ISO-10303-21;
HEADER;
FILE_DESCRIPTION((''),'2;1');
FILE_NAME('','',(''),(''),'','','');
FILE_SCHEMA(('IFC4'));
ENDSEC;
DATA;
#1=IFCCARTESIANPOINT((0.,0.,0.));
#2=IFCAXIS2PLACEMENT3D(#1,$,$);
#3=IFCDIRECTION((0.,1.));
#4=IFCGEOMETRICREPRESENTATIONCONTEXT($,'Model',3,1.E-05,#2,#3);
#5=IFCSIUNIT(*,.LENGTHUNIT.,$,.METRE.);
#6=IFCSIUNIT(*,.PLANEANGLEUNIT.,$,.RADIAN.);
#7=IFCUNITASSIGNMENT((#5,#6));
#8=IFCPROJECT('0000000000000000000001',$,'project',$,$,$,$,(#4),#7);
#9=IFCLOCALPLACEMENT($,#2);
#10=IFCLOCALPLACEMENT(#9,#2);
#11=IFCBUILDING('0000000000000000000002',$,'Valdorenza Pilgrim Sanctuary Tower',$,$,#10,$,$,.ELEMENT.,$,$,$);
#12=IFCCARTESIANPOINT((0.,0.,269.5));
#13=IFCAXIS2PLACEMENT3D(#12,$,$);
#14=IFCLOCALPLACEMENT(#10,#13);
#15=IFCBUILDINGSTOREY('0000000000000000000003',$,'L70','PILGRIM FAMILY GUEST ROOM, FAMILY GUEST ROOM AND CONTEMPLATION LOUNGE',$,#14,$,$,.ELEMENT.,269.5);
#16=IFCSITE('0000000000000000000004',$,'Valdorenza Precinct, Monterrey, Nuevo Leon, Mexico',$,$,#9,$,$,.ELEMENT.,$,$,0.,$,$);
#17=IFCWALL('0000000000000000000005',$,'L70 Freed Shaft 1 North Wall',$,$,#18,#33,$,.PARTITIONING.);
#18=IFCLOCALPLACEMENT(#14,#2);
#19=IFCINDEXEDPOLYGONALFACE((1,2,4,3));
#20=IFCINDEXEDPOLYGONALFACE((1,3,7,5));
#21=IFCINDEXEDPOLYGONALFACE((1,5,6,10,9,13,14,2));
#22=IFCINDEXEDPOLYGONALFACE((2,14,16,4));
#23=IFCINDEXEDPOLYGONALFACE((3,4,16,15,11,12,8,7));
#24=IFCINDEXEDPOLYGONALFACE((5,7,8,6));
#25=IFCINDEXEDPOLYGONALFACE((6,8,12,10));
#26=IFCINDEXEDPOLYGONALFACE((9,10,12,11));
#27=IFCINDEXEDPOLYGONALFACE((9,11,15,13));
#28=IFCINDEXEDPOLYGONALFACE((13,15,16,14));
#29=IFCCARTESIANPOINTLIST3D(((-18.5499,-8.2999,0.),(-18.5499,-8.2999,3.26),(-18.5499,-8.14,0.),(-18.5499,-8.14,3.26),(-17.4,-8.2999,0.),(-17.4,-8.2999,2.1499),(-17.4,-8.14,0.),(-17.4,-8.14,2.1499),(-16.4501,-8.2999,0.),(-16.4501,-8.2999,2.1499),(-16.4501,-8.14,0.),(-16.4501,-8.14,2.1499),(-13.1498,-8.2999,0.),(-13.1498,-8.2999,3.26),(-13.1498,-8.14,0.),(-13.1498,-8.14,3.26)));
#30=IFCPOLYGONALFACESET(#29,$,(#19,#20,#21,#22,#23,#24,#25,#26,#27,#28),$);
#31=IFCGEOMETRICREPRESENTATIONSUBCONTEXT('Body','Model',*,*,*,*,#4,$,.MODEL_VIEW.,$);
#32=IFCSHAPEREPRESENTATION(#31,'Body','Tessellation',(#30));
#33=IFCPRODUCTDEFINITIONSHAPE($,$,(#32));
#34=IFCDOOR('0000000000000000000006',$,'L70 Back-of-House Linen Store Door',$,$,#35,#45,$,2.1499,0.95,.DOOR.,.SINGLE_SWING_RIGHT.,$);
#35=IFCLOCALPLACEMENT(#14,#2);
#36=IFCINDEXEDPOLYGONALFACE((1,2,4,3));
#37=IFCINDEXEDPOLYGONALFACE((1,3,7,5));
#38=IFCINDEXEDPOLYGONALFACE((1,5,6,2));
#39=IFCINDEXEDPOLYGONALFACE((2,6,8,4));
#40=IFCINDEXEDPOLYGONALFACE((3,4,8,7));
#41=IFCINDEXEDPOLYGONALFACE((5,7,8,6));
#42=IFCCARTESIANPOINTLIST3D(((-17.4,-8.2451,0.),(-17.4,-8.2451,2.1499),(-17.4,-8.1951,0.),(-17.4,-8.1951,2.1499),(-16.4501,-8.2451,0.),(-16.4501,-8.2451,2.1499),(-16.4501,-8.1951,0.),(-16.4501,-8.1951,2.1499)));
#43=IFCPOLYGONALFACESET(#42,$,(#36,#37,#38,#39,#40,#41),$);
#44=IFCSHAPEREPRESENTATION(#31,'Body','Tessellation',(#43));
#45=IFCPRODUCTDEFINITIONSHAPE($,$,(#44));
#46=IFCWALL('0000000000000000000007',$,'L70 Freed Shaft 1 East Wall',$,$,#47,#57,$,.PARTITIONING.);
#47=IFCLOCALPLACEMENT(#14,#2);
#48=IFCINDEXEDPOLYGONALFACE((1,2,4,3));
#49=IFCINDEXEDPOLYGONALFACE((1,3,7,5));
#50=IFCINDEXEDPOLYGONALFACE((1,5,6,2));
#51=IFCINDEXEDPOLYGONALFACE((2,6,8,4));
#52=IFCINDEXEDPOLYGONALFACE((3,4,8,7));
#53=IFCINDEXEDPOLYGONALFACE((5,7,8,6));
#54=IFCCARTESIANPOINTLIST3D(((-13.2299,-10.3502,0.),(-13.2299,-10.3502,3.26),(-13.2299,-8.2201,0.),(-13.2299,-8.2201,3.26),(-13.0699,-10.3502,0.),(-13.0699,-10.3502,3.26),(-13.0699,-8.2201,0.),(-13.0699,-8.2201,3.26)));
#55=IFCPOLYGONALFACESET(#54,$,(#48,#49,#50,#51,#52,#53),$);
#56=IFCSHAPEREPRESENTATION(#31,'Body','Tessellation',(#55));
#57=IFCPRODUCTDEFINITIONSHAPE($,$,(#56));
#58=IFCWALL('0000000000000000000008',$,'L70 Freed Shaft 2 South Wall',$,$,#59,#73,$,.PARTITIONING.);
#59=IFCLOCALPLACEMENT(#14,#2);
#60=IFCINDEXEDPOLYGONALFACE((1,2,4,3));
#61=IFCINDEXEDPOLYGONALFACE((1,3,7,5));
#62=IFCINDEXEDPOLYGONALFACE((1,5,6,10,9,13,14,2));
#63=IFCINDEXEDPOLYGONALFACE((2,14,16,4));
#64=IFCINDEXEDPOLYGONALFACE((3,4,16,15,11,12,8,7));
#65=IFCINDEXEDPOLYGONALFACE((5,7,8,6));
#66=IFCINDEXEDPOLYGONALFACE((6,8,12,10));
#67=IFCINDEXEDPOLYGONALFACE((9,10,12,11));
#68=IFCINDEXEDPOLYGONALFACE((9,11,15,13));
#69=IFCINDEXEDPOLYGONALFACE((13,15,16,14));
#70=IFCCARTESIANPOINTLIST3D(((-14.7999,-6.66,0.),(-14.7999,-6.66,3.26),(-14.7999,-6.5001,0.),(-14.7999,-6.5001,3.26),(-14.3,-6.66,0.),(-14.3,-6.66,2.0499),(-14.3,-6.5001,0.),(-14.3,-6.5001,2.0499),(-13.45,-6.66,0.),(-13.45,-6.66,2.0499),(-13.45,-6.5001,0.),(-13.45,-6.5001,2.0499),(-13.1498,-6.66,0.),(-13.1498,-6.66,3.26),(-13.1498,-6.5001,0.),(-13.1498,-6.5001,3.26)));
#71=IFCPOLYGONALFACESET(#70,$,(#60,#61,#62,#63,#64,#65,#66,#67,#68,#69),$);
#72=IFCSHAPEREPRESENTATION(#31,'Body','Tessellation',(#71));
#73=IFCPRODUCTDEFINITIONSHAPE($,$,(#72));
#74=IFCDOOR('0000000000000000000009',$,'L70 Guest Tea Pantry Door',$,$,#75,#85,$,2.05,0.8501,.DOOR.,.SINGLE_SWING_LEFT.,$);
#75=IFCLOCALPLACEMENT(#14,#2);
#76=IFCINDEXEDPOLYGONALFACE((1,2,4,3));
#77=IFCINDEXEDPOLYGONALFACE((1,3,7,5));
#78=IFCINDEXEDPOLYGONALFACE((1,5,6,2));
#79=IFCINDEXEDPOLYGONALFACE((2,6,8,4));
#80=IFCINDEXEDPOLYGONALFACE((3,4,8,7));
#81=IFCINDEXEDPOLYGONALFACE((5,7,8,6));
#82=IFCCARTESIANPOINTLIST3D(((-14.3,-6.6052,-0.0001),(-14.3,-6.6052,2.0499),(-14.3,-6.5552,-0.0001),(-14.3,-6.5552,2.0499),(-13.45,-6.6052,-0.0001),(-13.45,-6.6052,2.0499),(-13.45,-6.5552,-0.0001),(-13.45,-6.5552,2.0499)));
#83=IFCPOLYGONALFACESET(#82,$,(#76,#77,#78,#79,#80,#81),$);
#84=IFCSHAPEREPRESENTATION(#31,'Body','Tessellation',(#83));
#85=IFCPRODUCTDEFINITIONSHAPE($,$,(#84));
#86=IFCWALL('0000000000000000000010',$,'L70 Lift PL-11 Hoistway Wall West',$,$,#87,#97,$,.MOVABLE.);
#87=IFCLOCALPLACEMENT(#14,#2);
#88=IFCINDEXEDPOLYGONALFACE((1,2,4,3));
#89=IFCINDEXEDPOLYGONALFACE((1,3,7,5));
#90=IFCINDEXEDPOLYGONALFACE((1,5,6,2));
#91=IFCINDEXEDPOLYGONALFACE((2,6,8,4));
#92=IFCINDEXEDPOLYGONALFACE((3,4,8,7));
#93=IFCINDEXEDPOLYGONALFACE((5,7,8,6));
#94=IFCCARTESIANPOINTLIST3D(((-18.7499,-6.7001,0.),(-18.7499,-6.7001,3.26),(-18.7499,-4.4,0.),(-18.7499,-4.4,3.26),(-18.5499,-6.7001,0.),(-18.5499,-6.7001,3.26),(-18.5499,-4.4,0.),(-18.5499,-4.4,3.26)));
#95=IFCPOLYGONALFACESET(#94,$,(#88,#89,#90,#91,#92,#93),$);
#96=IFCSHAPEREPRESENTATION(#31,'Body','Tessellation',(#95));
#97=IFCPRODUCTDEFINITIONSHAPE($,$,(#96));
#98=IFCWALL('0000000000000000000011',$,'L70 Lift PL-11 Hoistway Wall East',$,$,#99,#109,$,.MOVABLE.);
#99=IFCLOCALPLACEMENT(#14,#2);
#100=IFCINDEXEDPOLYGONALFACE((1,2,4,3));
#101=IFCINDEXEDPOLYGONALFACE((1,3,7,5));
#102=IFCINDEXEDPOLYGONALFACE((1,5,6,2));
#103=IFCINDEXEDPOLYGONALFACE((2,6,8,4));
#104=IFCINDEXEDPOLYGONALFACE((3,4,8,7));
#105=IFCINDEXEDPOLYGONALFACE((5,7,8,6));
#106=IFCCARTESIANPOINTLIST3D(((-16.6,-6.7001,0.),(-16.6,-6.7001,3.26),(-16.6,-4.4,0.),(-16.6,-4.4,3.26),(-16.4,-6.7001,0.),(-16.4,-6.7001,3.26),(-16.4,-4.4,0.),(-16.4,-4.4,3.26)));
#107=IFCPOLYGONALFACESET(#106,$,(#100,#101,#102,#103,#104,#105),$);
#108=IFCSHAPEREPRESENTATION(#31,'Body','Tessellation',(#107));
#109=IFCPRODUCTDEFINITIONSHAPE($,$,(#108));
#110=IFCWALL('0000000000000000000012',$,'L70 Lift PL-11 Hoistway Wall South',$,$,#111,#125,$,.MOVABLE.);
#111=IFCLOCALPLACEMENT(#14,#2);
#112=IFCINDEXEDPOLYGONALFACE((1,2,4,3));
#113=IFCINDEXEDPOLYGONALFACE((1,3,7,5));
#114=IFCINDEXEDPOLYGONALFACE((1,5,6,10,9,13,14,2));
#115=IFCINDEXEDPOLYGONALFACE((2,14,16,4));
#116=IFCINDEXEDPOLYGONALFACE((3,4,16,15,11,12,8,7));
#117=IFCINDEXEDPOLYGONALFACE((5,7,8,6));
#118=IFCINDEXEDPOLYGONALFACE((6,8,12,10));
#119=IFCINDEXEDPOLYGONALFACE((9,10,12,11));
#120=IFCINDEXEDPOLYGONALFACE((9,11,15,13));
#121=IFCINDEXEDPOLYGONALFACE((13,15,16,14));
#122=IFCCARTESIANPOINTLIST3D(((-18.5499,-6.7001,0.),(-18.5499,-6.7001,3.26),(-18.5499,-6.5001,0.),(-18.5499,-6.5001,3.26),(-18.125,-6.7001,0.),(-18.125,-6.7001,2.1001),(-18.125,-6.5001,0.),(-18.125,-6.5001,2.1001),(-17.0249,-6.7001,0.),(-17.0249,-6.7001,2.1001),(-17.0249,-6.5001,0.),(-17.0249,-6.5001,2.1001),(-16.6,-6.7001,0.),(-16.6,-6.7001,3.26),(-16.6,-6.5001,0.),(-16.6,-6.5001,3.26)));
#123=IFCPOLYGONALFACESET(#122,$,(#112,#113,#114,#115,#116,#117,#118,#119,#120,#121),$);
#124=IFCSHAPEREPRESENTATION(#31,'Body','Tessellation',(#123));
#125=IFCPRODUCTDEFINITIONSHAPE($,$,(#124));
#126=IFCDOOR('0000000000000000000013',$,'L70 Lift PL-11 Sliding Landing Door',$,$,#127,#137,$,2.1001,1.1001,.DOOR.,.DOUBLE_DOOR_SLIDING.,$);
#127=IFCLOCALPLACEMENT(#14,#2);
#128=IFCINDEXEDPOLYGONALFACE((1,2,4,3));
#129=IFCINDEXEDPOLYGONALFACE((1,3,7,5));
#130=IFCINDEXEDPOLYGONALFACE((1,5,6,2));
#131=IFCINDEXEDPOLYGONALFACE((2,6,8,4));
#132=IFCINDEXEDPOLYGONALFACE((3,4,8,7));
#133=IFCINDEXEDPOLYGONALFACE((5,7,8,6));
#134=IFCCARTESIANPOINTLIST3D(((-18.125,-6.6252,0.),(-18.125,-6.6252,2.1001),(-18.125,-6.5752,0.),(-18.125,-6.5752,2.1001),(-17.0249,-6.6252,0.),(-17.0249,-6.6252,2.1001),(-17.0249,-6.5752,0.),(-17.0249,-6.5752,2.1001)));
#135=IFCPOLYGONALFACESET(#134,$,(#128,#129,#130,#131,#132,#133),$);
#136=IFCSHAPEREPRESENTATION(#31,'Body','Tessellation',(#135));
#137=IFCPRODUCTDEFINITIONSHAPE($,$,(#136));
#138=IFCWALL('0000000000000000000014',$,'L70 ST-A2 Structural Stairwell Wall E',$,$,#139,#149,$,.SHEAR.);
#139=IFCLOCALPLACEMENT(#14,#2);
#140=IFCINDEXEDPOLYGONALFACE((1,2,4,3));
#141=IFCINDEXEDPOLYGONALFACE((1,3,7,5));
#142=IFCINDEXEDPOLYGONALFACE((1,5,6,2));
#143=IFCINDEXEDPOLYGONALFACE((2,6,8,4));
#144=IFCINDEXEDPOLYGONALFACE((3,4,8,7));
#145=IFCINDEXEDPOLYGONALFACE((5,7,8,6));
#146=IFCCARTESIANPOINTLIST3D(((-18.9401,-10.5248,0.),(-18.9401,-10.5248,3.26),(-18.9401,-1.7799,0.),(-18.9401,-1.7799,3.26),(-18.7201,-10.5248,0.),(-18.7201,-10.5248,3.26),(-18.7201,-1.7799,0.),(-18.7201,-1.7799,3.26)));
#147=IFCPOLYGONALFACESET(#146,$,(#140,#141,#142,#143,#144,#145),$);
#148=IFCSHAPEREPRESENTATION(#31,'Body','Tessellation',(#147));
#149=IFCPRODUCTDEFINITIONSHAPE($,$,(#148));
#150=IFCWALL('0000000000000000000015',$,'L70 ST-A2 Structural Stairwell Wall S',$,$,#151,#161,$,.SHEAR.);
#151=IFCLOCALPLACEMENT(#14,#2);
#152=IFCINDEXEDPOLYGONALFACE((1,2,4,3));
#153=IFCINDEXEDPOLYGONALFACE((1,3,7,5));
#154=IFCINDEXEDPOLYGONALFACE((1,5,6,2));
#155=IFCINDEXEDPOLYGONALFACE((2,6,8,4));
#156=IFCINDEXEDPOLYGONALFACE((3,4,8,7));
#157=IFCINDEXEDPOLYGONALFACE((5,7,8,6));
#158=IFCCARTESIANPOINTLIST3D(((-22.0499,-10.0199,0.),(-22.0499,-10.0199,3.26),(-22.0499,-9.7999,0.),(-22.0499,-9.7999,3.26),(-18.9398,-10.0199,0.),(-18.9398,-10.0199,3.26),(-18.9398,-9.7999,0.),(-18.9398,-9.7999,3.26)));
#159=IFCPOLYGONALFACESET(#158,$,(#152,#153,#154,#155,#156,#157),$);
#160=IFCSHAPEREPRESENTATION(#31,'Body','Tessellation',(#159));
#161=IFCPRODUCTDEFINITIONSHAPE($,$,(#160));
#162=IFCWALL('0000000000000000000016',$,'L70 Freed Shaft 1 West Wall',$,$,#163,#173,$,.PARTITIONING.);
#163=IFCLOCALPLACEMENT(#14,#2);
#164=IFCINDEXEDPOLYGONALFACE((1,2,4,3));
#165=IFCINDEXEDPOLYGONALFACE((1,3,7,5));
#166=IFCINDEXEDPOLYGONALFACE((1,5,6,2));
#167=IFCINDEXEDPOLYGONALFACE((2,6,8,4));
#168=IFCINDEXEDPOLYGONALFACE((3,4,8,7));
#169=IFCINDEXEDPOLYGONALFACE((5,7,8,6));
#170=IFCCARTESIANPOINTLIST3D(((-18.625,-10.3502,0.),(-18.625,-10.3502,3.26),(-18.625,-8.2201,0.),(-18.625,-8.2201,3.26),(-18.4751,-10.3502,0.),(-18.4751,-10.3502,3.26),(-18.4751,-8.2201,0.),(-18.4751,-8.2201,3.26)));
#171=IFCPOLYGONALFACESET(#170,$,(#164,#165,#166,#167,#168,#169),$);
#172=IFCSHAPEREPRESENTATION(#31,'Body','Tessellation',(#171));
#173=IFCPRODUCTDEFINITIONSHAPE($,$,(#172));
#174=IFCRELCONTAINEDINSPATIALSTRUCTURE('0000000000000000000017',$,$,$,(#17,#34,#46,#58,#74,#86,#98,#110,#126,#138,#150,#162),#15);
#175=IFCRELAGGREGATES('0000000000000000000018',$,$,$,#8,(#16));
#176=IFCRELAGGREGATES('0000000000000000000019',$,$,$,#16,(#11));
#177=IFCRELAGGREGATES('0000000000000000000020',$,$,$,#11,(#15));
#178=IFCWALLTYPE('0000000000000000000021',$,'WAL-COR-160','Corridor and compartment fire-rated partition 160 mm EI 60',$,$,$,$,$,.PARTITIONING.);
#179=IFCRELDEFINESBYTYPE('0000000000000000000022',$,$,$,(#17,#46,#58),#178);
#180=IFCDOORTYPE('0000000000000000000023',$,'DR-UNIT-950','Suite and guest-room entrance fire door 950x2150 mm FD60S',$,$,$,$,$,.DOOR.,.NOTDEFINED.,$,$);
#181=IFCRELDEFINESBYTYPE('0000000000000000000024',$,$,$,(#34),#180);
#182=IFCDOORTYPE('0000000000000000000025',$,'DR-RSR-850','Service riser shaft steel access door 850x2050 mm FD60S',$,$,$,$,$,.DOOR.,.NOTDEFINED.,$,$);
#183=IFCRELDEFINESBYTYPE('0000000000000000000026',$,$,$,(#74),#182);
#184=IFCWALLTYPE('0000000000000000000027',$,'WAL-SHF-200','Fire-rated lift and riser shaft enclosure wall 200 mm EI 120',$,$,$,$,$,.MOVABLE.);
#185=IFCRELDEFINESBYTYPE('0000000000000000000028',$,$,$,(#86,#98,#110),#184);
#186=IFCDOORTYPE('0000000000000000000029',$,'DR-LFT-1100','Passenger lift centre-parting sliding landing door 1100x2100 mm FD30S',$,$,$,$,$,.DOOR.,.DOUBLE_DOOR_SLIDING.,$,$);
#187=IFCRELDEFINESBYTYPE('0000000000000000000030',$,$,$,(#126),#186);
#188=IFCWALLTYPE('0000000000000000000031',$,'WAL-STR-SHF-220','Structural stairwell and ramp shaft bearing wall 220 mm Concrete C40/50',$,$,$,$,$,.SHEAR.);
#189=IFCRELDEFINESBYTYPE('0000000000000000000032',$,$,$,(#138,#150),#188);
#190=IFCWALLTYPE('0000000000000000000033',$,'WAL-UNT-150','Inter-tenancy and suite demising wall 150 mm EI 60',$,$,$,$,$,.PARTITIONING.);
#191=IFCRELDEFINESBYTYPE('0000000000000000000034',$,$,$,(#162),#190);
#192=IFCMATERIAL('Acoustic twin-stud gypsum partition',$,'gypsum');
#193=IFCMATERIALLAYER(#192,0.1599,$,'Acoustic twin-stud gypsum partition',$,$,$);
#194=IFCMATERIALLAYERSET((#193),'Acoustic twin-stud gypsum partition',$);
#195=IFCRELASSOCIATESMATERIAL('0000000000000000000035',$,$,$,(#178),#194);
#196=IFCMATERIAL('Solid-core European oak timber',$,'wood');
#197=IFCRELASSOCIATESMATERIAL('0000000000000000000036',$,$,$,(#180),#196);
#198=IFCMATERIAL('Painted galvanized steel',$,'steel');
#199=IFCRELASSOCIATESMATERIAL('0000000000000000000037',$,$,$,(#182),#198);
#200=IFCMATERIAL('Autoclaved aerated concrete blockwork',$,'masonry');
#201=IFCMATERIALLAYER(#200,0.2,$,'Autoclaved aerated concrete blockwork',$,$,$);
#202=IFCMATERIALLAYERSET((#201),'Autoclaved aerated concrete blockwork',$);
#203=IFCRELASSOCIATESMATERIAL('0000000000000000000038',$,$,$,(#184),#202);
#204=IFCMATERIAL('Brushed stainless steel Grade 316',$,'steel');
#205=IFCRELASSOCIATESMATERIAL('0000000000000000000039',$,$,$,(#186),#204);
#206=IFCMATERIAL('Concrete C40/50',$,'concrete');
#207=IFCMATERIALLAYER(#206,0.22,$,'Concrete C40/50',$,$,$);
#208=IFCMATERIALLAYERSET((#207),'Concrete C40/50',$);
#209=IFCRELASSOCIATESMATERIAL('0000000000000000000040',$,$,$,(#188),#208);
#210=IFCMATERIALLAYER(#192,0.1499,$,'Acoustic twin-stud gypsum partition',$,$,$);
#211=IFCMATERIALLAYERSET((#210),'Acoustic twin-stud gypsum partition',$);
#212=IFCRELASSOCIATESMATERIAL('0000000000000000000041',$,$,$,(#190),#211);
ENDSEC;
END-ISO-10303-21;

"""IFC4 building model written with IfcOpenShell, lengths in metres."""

from ifc_helpers import new_model, si_unit, direction, frame, frame_2d, origin, place, context, subcontext, project, spatial, rectangle, extrude, material, layer, layer_set, type_object, element, fill, save


model = new_model("IFC4")

# Units and contexts
model_context = context("Model", 3, precision=1e-05, world=origin(), true_north=direction((0.0, 1.0)))
body_context = subcontext(model_context, "Body", "Model", "MODEL_VIEW")
ifc_project = project(units=[si_unit("LENGTHUNIT", "METRE"), si_unit("PLANEANGLEUNIT", "RADIAN")], contexts=[model_context])

# Site, building, storey
site_placement = place(None, origin())
site = spatial("IfcSite", under=ifc_project, at=site_placement, Name="Valdorenza Precinct, Monterrey, Nuevo Leon, Mexico", CompositionType="ELEMENT", RefElevation=0.0)
building_placement = place(site_placement, origin())
building = spatial("IfcBuilding", under=site, at=building_placement, Name="Valdorenza Pilgrim Sanctuary Tower", CompositionType="ELEMENT")
storey_placement = place(building_placement, frame((0.0, 0.0, 269.5)))
storey = spatial("IfcBuildingStorey", under=building, at=storey_placement, Name="L70", Description="PILGRIM FAMILY GUEST ROOM, FAMILY GUEST ROOM AND CONTEMPLATION LOUNGE", CompositionType="ELEMENT", Elevation=269.5)

# Shared definitions
ifc_material_1 = material(Name="Acoustic twin-stud gypsum partition", Category="gypsum")
ifc_layer_1 = layer(ifc_material_1, 0.1599, Name="Acoustic twin-stud gypsum partition")
ifc_layer_set_1 = layer_set([ifc_layer_1], Name="Acoustic twin-stud gypsum partition")
wall_type_1 = type_object("IfcWallType", Name="WAL-COR-160", Description="Corridor and compartment fire-rated partition 160 mm EI 60", PredefinedType="PARTITIONING", material=ifc_layer_set_1)

# Wall, opening, door
wall_1_placement = place(storey_placement, frame((-18.55, -8.22, 0.0), z_axis=(0.0, 0.0, 1.0), x_axis=(1.0, 0.0, 0.0)))
wall_1 = element("IfcWall", 1, at=wall_1_placement, inside=storey, type_object=wall_type_1, Name="L70 Freed Shaft 1 North Wall", PredefinedType="PARTITIONING", context=body_context, shape_type="SweptSolid", body=[
    extrude(rectangle(XDim=5.4001, YDim=0.1599, at=frame_2d((2.7002, 0.0))), origin(), (0.0, 0.0, 1.0), 3.26),
])
opening_1_placement = place(wall_1_placement, frame((1.1499, 0.0, 0.0)))
opening_1 = element("IfcOpeningElement", 2, at=opening_1_placement, cuts=wall_1, PredefinedType="OPENING", context=body_context, shape_type="SweptSolid", body=[
    extrude(rectangle(XDim=0.95, YDim=2.1499, at=frame_2d((0.4751, 1.075))), frame((0.0, 0.0947, 0.0), z_axis=(0.0, -1.0, 0.0), x_axis=(1.0, 0.0, 0.0)), (0.0, 0.0, 1.0), 0.1897),
])
ifc_material_2 = material(Name="Solid-core European oak timber", Category="wood")
door_type_1 = type_object("IfcDoorType", Name="DR-UNIT-950", Description="Suite and guest-room entrance fire door 950x2150 mm FD60S", OperationType="NOTDEFINED", PredefinedType="DOOR", material=ifc_material_2)
door_1_placement = place(opening_1_placement, origin())
door_1 = element("IfcDoor", 3, at=door_1_placement, inside=storey, type_object=door_type_1, Name="L70 Back-of-House Linen Store Door", OperationType="SINGLE_SWING_RIGHT", OverallHeight=2.1499, OverallWidth=0.95, PredefinedType="DOOR", context=body_context, shape_type="SweptSolid", body=[
    extrude(rectangle(XDim=0.95, YDim=2.1499, at=frame_2d((0.4751, 1.075))), frame((0.0, 0.0249, 0.0), z_axis=(0.0, -1.0, 0.0), x_axis=(1.0, 0.0, 0.0)), (0.0, 0.0, 1.0), 0.05),
])
fill(opening_1, door_1)

# Wall
wall_2_placement = place(storey_placement, frame((-13.1499, -10.3501, 0.0), z_axis=(0.0, 0.0, 1.0), x_axis=(0.0, 1.0, 0.0)))
element("IfcWall", 4, at=wall_2_placement, inside=storey, type_object=wall_type_1, Name="L70 Freed Shaft 1 East Wall", PredefinedType="PARTITIONING", context=body_context, shape_type="SweptSolid", body=[
    extrude(rectangle(XDim=2.1301, YDim=0.1599, at=frame_2d((1.0649, 0.0))), origin(), (0.0, 0.0, 1.0), 3.26),
])

# Wall, opening, door
wall_3_placement = place(storey_placement, frame((-14.8, -6.5801, 0.0), z_axis=(0.0, 0.0, 1.0), x_axis=(1.0, 0.0, 0.0)))
wall_3 = element("IfcWall", 5, at=wall_3_placement, inside=storey, type_object=wall_type_1, Name="L70 Freed Shaft 2 South Wall", PredefinedType="PARTITIONING", context=body_context, shape_type="SweptSolid", body=[
    extrude(rectangle(XDim=1.6501, YDim=0.1599, at=frame_2d((0.8252, 0.0))), origin(), (0.0, 0.0, 1.0), 3.26),
])
opening_2_placement = place(wall_3_placement, frame((0.5, 0.0, 0.0)))
opening_2 = element("IfcOpeningElement", 6, at=opening_2_placement, cuts=wall_3, PredefinedType="OPENING", context=body_context, shape_type="SweptSolid", body=[
    extrude(rectangle(XDim=0.8501, YDim=2.05, at=frame_2d((0.425, 1.0249))), frame((0.0, 0.0947, 0.0), z_axis=(0.0, -1.0, 0.0), x_axis=(1.0, 0.0, 0.0)), (0.0, 0.0, 1.0), 0.1897),
])
ifc_material_3 = material(Name="Painted galvanized steel", Category="steel")
door_type_2 = type_object("IfcDoorType", Name="DR-RSR-850", Description="Service riser shaft steel access door 850x2050 mm FD60S", OperationType="NOTDEFINED", PredefinedType="DOOR", material=ifc_material_3)
door_2_placement = place(opening_2_placement, origin())
door_2 = element("IfcDoor", 7, at=door_2_placement, inside=storey, type_object=door_type_2, Name="L70 Guest Tea Pantry Door", OperationType="SINGLE_SWING_LEFT", OverallHeight=2.05, OverallWidth=0.8501, PredefinedType="DOOR", context=body_context, shape_type="SweptSolid", body=[
    extrude(rectangle(XDim=0.8501, YDim=2.05, at=frame_2d((0.425, 1.0249))), frame((0.0, 0.0249, 0.0), z_axis=(0.0, -1.0, 0.0), x_axis=(1.0, 0.0, 0.0)), (0.0, 0.0, 1.0), 0.05),
])
fill(opening_2, door_2)

# Walls
ifc_material_4 = material(Name="Autoclaved aerated concrete blockwork", Category="masonry")
ifc_layer_2 = layer(ifc_material_4, 0.2, Name="Autoclaved aerated concrete blockwork")
ifc_layer_set_2 = layer_set([ifc_layer_2], Name="Autoclaved aerated concrete blockwork")
wall_type_2 = type_object("IfcWallType", Name="WAL-SHF-200", Description="Fire-rated lift and riser shaft enclosure wall 200 mm EI 120", PredefinedType="MOVABLE", material=ifc_layer_set_2)
for number, where, z_axis, x_axis, name in (
    (8, (-18.6499, -6.7, 0.0), (0.0, 0.0, 1.0), (0.0, 1.0, 0.0), "L70 Lift PL-11 Hoistway Wall West"),
    (9, (-16.5, -6.7, 0.0), (0.0, 0.0, 1.0), (0.0, 1.0, 0.0), "L70 Lift PL-11 Hoistway Wall East"),
):
    element("IfcWall", number, at=place(storey_placement, frame(where, z_axis=z_axis, x_axis=x_axis)), inside=storey, type_object=wall_type_2, Name=name, PredefinedType="MOVABLE", context=body_context, shape_type="SweptSolid", body=[
        extrude(rectangle(XDim=2.3, YDim=0.2, at=frame_2d((1.1499, 0.0))), origin(), (0.0, 0.0, 1.0), 3.26),
    ])

# Wall, opening, door
wall_4_placement = place(storey_placement, frame((-18.55, -6.6001, 0.0), z_axis=(0.0, 0.0, 1.0), x_axis=(1.0, 0.0, 0.0)))
wall_4 = element("IfcWall", 10, at=wall_4_placement, inside=storey, type_object=wall_type_2, Name="L70 Lift PL-11 Hoistway Wall South", PredefinedType="MOVABLE", context=body_context, shape_type="SweptSolid", body=[
    extrude(rectangle(XDim=1.95, YDim=0.2, at=frame_2d((0.9751, 0.0))), origin(), (0.0, 0.0, 1.0), 3.26),
])
opening_3_placement = place(wall_4_placement, frame((0.425, 0.0, 0.0)))
opening_3 = element("IfcOpeningElement", 11, at=opening_3_placement, cuts=wall_4, PredefinedType="OPENING", context=body_context, shape_type="SweptSolid", body=[
    extrude(rectangle(XDim=1.1001, YDim=2.1001, at=frame_2d((0.55, 1.05))), frame((0.0, 0.1147, 0.0), z_axis=(0.0, -1.0, 0.0), x_axis=(1.0, 0.0, 0.0)), (0.0, 0.0, 1.0), 0.2297),
])
ifc_material_5 = material(Name="Brushed stainless steel Grade 316", Category="steel")
door_type_3 = type_object("IfcDoorType", Name="DR-LFT-1100", Description="Passenger lift centre-parting sliding landing door 1100x2100 mm FD30S", OperationType="DOUBLE_DOOR_SLIDING", PredefinedType="DOOR", material=ifc_material_5)
door_3_placement = place(opening_3_placement, origin())
door_3 = element("IfcDoor", 12, at=door_3_placement, inside=storey, type_object=door_type_3, Name="L70 Lift PL-11 Sliding Landing Door", OperationType="DOUBLE_DOOR_SLIDING", OverallHeight=2.1001, OverallWidth=1.1001, PredefinedType="DOOR", context=body_context, shape_type="SweptSolid", body=[
    extrude(rectangle(XDim=1.1001, YDim=2.1001, at=frame_2d((0.55, 1.05))), frame((0.0, 0.0249, 0.0), z_axis=(0.0, -1.0, 0.0), x_axis=(1.0, 0.0, 0.0)), (0.0, 0.0, 1.0), 0.05),
])
fill(opening_3, door_3)

# Walls
ifc_material_6 = material(Name="Concrete C40/50", Category="concrete")
ifc_layer_3 = layer(ifc_material_6, 0.22, Name="Concrete C40/50")
ifc_layer_set_3 = layer_set([ifc_layer_3], Name="Concrete C40/50")
wall_type_3 = type_object("IfcWallType", Name="WAL-STR-SHF-220", Description="Structural stairwell and ramp shaft bearing wall 220 mm Concrete C40/50", PredefinedType="SHEAR", material=ifc_layer_set_3)
wall_5_placement = place(storey_placement, frame((-18.8301, -10.5249, 0.0), z_axis=(0.0, 0.0, 1.0), x_axis=(0.0, 1.0, 0.0)))
element("IfcWall", 13, at=wall_5_placement, inside=storey, type_object=wall_type_3, Name="L70 ST-A2 Structural Stairwell Wall E", PredefinedType="SHEAR", context=body_context, shape_type="SweptSolid", body=[
    extrude(rectangle(XDim=8.7449, YDim=0.22, at=frame_2d((4.3726, 0.0))), origin(), (0.0, 0.0, 1.0), 3.26),
])
wall_6_placement = place(storey_placement, frame((-22.05, -9.9099, 0.0), z_axis=(0.0, 0.0, 1.0), x_axis=(1.0, 0.0, 0.0)))
element("IfcWall", 14, at=wall_6_placement, inside=storey, type_object=wall_type_3, Name="L70 ST-A2 Structural Stairwell Wall S", PredefinedType="SHEAR", context=body_context, shape_type="SweptSolid", body=[
    extrude(rectangle(XDim=3.1101, YDim=0.22, at=frame_2d((1.5552, 0.0))), origin(), (0.0, 0.0, 1.0), 3.26),
])
ifc_layer_4 = layer(ifc_material_1, 0.1499, Name="Acoustic twin-stud gypsum partition")
ifc_layer_set_4 = layer_set([ifc_layer_4], Name="Acoustic twin-stud gypsum partition")
wall_type_4 = type_object("IfcWallType", Name="WAL-UNT-150", Description="Inter-tenancy and suite demising wall 150 mm EI 60", PredefinedType="PARTITIONING", material=ifc_layer_set_4)
for number, where, z_axis, x_axis, name in (
    (15, (-18.55, -10.3501, 0.0), (0.0, 0.0, 1.0), (0.0, 1.0, 0.0), "L70 Freed Shaft 1 West Wall"),
):
    element("IfcWall", number, at=place(storey_placement, frame(where, z_axis=z_axis, x_axis=x_axis)), inside=storey, type_object=wall_type_4, Name=name, PredefinedType="PARTITIONING", context=body_context, shape_type="SweptSolid", body=[
        extrude(rectangle(XDim=2.1301, YDim=0.1499, at=frame_2d((1.0649, 0.0))), origin(), (0.0, 0.0, 1.0), 3.26),
    ])

save(model, "model.ifc")
